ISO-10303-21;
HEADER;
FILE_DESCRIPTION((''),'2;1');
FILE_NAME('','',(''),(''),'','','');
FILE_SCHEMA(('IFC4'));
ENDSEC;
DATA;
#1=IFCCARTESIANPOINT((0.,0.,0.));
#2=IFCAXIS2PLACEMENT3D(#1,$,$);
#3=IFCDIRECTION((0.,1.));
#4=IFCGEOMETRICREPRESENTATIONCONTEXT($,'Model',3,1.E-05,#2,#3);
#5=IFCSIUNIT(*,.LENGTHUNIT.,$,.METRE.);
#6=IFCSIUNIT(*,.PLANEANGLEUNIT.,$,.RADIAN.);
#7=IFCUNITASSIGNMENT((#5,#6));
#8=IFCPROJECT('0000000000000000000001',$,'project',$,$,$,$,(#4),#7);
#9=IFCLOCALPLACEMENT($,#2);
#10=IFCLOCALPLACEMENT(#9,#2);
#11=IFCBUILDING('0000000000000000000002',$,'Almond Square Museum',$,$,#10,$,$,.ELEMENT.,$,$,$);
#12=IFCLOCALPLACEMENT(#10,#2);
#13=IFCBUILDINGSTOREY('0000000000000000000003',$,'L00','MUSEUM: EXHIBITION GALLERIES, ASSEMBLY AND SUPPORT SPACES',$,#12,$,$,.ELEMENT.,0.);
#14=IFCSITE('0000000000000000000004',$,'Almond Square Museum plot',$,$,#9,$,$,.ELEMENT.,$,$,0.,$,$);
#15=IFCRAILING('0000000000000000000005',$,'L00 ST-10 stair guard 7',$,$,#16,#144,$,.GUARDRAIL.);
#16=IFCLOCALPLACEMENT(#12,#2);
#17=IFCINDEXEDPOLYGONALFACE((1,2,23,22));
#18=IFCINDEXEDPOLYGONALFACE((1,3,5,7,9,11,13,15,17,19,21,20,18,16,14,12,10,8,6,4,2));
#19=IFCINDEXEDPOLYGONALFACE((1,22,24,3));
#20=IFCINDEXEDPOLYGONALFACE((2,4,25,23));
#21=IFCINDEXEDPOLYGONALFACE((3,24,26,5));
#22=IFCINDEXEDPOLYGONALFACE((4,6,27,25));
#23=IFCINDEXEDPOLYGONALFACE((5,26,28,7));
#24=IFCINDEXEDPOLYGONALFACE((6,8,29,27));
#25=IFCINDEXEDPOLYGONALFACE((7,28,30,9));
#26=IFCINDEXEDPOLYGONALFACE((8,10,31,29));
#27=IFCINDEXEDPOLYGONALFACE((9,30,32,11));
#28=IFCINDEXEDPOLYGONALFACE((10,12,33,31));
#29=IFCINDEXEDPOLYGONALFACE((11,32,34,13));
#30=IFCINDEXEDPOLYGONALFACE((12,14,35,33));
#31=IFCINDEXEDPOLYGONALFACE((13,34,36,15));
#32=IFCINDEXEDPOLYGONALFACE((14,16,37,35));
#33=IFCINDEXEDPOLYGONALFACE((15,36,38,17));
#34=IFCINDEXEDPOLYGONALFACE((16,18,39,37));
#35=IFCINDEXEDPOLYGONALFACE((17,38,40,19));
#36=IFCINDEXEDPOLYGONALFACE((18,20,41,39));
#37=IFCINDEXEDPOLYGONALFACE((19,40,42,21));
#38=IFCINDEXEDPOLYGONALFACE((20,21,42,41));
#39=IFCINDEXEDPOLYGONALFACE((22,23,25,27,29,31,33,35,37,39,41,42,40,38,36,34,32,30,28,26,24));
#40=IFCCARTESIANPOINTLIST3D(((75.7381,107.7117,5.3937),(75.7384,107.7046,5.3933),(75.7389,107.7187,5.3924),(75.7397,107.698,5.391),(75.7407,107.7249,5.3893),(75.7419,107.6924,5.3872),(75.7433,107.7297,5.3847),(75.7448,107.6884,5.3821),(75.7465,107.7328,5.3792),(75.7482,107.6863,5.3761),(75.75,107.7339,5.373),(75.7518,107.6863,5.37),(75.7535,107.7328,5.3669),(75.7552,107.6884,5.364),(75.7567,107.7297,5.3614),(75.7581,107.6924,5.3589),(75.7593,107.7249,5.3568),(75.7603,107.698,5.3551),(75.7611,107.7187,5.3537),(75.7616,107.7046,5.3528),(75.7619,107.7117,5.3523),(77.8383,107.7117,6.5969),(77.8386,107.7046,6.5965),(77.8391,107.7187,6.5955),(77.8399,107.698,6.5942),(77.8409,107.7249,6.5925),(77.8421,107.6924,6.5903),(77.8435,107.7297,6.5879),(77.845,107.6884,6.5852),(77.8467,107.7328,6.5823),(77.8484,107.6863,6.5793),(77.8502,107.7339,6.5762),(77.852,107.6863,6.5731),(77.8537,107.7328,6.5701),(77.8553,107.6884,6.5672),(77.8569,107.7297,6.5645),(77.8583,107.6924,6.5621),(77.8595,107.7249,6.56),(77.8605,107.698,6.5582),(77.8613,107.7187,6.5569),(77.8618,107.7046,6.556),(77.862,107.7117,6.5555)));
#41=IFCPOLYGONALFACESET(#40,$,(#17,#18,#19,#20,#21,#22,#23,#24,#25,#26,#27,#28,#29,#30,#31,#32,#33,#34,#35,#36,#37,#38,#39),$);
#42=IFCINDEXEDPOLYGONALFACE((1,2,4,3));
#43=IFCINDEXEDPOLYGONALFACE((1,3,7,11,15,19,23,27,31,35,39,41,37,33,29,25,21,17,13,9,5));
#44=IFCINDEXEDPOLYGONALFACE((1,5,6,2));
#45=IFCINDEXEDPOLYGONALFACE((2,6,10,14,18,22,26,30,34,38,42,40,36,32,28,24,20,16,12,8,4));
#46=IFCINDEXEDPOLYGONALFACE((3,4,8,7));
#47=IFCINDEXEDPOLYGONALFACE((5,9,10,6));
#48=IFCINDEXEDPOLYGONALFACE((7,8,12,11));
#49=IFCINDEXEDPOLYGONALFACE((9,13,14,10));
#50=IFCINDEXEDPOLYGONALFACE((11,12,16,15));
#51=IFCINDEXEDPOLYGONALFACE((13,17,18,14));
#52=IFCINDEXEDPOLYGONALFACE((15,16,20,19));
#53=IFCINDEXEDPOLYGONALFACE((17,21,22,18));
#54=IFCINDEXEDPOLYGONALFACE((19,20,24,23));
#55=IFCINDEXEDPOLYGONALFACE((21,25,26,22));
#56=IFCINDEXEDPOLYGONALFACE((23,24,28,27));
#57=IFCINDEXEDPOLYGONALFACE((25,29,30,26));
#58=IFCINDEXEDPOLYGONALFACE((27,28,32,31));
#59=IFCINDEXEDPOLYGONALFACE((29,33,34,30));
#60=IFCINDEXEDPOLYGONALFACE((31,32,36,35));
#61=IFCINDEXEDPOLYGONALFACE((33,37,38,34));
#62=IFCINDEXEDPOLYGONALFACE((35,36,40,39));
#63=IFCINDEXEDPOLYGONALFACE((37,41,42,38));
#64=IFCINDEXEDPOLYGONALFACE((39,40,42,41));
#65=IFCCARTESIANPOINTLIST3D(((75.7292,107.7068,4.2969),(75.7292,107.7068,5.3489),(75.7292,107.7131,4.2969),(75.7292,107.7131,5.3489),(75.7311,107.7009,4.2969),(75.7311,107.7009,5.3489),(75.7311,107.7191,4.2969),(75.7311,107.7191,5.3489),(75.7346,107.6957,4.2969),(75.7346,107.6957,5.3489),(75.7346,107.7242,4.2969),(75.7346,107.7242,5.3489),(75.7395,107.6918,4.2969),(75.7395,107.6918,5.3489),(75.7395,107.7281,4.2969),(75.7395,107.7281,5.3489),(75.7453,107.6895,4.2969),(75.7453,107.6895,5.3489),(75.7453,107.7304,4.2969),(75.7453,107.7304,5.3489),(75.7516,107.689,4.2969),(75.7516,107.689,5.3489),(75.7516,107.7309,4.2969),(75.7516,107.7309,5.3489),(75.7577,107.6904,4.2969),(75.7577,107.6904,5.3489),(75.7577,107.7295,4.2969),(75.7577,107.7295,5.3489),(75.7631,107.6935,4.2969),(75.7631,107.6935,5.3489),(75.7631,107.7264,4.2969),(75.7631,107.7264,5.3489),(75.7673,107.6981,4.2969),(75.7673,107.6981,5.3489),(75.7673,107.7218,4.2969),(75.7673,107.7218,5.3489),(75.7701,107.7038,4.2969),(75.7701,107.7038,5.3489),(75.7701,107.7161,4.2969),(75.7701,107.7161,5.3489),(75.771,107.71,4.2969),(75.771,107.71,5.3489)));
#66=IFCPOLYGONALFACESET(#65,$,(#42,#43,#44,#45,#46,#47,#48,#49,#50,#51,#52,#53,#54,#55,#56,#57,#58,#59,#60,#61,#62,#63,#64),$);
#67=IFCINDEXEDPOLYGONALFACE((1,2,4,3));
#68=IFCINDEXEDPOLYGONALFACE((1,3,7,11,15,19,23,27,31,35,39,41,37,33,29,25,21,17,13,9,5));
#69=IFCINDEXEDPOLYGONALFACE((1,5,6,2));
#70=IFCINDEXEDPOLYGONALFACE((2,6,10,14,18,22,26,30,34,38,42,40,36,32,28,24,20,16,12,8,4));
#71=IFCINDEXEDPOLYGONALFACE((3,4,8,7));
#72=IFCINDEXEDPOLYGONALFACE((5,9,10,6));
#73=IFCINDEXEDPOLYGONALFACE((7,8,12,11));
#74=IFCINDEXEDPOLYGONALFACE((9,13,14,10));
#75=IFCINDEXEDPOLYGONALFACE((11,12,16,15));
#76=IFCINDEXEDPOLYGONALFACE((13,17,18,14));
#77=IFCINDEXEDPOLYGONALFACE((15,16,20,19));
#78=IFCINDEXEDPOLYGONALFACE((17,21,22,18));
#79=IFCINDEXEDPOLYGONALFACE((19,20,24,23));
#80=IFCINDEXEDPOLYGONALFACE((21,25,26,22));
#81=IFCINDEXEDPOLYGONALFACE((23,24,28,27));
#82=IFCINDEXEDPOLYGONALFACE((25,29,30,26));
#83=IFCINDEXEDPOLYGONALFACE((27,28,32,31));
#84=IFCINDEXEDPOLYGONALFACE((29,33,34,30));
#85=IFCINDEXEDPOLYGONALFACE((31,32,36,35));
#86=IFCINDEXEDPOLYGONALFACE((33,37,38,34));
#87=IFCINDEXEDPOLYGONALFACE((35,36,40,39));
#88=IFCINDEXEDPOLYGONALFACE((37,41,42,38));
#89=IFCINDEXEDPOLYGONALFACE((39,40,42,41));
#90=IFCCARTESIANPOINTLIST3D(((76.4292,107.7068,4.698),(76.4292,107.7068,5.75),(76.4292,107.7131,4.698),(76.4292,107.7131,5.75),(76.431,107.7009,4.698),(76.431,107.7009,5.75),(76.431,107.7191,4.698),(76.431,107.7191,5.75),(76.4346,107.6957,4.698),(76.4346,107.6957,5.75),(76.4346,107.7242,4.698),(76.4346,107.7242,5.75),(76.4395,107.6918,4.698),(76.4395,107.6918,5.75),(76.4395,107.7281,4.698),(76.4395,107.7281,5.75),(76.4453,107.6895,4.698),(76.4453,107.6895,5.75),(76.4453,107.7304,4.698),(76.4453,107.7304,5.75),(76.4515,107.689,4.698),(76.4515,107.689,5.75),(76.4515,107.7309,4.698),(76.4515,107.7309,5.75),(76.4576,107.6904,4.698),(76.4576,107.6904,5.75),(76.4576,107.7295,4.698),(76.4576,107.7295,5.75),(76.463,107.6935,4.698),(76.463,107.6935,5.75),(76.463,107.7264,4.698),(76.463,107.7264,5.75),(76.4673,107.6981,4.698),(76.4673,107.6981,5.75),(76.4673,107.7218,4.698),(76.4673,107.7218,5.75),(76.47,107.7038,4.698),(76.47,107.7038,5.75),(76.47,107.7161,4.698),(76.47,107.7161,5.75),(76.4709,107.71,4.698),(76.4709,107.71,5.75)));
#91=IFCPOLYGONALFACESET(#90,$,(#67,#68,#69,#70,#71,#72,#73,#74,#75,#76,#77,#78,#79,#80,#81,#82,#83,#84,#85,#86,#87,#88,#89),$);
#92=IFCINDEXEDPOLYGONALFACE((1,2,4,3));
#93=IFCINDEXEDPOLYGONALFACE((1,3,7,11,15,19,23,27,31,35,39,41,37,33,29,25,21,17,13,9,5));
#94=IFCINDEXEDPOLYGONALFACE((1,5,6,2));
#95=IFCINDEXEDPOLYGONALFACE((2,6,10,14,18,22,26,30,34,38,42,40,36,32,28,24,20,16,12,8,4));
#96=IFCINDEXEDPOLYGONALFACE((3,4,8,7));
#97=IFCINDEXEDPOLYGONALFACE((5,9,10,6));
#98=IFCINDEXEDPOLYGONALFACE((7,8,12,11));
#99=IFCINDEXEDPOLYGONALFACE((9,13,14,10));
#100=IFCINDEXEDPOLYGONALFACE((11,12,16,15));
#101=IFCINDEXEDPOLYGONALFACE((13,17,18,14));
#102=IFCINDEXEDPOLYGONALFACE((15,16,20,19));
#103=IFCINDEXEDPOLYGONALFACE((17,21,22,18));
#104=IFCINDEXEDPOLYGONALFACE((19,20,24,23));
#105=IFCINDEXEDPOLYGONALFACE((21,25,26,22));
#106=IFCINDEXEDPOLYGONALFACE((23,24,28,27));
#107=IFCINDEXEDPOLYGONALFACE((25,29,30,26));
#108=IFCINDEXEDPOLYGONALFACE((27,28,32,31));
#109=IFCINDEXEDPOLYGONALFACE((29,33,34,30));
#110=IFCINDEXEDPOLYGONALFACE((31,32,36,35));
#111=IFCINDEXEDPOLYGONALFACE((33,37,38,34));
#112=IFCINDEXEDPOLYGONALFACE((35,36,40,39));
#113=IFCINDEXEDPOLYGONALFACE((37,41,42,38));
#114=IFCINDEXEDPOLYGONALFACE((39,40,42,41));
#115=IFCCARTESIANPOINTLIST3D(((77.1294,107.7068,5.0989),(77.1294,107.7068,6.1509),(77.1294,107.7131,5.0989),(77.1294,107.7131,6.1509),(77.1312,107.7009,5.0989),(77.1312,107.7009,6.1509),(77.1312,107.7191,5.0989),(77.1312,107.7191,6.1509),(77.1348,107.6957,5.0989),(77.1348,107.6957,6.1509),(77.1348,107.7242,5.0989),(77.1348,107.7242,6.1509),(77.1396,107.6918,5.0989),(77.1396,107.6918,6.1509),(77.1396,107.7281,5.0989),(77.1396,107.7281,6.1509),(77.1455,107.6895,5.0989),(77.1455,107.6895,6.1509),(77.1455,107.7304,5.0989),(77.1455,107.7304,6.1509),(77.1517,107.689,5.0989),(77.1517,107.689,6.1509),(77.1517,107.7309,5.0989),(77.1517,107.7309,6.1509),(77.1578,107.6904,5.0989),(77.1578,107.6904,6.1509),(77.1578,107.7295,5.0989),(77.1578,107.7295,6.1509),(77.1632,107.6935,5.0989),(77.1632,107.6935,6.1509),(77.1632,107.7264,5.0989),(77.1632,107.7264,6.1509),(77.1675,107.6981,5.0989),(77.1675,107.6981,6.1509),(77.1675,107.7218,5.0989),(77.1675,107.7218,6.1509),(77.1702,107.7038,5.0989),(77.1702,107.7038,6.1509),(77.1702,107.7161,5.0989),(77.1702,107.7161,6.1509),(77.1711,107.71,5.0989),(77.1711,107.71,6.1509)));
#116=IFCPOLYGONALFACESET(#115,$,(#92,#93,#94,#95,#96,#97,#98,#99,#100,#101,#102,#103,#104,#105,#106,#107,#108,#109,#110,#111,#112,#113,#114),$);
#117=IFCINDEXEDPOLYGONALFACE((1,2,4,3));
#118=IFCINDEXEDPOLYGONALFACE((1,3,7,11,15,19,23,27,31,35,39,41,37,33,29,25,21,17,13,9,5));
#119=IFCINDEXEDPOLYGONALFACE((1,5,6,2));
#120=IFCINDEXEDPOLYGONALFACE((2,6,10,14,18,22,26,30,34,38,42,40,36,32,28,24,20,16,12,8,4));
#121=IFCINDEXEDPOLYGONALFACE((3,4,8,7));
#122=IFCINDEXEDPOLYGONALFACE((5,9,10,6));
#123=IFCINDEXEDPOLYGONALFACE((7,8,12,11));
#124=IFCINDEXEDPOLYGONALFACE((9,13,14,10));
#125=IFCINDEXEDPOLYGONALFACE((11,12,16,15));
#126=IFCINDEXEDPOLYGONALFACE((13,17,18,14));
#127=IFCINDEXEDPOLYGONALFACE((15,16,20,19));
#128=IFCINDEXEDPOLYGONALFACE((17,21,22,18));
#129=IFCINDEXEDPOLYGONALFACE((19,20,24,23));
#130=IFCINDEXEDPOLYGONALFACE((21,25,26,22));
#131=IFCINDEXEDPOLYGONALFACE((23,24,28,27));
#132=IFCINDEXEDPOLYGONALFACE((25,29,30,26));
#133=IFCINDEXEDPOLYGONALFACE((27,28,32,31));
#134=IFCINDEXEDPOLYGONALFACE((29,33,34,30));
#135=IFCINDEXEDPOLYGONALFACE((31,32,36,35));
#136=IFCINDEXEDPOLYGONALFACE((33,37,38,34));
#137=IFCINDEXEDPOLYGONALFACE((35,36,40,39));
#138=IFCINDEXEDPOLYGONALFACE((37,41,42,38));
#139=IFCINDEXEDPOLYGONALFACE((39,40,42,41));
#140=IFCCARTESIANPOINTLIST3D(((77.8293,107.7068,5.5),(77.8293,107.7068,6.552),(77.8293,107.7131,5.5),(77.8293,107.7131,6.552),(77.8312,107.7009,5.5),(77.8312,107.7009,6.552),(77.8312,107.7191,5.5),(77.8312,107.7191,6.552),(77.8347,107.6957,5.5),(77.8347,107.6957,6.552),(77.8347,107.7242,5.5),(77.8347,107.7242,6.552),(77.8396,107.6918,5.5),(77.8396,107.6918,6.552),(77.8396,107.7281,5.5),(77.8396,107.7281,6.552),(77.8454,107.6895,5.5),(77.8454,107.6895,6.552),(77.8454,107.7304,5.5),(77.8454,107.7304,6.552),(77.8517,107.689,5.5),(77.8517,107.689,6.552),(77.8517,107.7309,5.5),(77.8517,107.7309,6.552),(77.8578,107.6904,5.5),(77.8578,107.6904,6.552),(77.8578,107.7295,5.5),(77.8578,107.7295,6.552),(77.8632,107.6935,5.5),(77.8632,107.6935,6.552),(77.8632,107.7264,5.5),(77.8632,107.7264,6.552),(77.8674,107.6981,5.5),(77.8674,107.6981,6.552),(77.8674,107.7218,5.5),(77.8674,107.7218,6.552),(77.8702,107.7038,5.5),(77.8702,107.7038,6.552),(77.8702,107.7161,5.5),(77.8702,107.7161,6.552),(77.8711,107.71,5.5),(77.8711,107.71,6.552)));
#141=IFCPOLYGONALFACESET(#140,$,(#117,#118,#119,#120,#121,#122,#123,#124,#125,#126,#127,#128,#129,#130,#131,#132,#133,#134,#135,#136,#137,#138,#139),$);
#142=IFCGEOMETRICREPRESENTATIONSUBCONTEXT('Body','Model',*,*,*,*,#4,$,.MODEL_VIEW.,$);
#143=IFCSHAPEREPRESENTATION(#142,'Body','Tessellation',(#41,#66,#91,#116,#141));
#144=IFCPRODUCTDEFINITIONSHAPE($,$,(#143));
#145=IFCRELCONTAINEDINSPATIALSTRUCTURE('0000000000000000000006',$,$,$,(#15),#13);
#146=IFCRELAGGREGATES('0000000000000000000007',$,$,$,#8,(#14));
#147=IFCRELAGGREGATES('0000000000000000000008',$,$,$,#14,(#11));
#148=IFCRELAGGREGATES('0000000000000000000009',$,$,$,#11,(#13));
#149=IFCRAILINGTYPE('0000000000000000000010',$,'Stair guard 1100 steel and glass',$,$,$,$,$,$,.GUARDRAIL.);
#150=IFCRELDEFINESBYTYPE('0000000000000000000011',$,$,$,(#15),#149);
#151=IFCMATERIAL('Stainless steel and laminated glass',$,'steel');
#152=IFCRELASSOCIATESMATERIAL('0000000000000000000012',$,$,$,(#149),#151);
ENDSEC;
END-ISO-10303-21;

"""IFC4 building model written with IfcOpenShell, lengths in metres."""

from ifc_helpers import new_model, si_unit, direction, frame, origin, origin_2d, place, context, subcontext, project, spatial, circle, extrude, material, type_object, element, save


model = new_model("IFC4")

# Units and contexts
model_context = context("Model", 3, precision=1e-05, world=origin(), true_north=direction((0.0, 1.0)))
body_context = subcontext(model_context, "Body", "Model", "MODEL_VIEW")
ifc_project = project(units=[si_unit("LENGTHUNIT", "METRE"), si_unit("PLANEANGLEUNIT", "RADIAN")], contexts=[model_context])

# Site, building, storey
site_placement = place(None, origin())
site = spatial("IfcSite", under=ifc_project, at=site_placement, Name="Almond Square Museum plot", CompositionType="ELEMENT", RefElevation=0.0)
building_placement = place(site_placement, origin())
building = spatial("IfcBuilding", under=site, at=building_placement, Name="Almond Square Museum", CompositionType="ELEMENT")
storey_placement = place(building_placement, origin())
storey = spatial("IfcBuildingStorey", under=building, at=storey_placement, Name="L00", Description="MUSEUM: EXHIBITION GALLERIES, ASSEMBLY AND SUPPORT SPACES", CompositionType="ELEMENT", Elevation=0.0)

# Railing
ifc_material_1 = material(Name="Stainless steel and laminated glass", Category="steel")
railing_type_1 = type_object("IfcRailingType", Name="Stair guard 1100 steel and glass", PredefinedType="GUARDRAIL", material=ifc_material_1)
railing_1_placement = place(storey_placement, frame((75.75, 107.71, 4.2969)))
element("IfcRailing", 1, at=railing_1_placement, inside=storey, type_object=railing_type_1, Name="L00 ST-10 stair guard 7", PredefinedType="GUARDRAIL", context=body_context, shape_type="SweptSolid", body=[
    extrude(circle(Radius=0.0239, at=origin_2d()), frame((0.0, 0.0, 1.0762), z_axis=(0.867696, 0.0, 0.497095), x_axis=(0.0, 1.0, 0.0)), (0.0, 0.0, 1.0), 2.4204),
    extrude(circle(Radius=0.021, at=origin_2d()), origin(), (0.0, 0.0, 1.0), 1.052),
    extrude(circle(Radius=0.021, at=origin_2d()), frame((0.7, 0.0, 0.4011)), (0.0, 0.0, 1.0), 1.052),
    extrude(circle(Radius=0.021, at=origin_2d()), frame((1.4001, 0.0, 0.802)), (0.0, 0.0, 1.0), 1.052),
    extrude(circle(Radius=0.021, at=origin_2d()), frame((2.1001, 0.0, 1.2031)), (0.0, 0.0, 1.0), 1.052),
])

save(model, "model.ifc")
